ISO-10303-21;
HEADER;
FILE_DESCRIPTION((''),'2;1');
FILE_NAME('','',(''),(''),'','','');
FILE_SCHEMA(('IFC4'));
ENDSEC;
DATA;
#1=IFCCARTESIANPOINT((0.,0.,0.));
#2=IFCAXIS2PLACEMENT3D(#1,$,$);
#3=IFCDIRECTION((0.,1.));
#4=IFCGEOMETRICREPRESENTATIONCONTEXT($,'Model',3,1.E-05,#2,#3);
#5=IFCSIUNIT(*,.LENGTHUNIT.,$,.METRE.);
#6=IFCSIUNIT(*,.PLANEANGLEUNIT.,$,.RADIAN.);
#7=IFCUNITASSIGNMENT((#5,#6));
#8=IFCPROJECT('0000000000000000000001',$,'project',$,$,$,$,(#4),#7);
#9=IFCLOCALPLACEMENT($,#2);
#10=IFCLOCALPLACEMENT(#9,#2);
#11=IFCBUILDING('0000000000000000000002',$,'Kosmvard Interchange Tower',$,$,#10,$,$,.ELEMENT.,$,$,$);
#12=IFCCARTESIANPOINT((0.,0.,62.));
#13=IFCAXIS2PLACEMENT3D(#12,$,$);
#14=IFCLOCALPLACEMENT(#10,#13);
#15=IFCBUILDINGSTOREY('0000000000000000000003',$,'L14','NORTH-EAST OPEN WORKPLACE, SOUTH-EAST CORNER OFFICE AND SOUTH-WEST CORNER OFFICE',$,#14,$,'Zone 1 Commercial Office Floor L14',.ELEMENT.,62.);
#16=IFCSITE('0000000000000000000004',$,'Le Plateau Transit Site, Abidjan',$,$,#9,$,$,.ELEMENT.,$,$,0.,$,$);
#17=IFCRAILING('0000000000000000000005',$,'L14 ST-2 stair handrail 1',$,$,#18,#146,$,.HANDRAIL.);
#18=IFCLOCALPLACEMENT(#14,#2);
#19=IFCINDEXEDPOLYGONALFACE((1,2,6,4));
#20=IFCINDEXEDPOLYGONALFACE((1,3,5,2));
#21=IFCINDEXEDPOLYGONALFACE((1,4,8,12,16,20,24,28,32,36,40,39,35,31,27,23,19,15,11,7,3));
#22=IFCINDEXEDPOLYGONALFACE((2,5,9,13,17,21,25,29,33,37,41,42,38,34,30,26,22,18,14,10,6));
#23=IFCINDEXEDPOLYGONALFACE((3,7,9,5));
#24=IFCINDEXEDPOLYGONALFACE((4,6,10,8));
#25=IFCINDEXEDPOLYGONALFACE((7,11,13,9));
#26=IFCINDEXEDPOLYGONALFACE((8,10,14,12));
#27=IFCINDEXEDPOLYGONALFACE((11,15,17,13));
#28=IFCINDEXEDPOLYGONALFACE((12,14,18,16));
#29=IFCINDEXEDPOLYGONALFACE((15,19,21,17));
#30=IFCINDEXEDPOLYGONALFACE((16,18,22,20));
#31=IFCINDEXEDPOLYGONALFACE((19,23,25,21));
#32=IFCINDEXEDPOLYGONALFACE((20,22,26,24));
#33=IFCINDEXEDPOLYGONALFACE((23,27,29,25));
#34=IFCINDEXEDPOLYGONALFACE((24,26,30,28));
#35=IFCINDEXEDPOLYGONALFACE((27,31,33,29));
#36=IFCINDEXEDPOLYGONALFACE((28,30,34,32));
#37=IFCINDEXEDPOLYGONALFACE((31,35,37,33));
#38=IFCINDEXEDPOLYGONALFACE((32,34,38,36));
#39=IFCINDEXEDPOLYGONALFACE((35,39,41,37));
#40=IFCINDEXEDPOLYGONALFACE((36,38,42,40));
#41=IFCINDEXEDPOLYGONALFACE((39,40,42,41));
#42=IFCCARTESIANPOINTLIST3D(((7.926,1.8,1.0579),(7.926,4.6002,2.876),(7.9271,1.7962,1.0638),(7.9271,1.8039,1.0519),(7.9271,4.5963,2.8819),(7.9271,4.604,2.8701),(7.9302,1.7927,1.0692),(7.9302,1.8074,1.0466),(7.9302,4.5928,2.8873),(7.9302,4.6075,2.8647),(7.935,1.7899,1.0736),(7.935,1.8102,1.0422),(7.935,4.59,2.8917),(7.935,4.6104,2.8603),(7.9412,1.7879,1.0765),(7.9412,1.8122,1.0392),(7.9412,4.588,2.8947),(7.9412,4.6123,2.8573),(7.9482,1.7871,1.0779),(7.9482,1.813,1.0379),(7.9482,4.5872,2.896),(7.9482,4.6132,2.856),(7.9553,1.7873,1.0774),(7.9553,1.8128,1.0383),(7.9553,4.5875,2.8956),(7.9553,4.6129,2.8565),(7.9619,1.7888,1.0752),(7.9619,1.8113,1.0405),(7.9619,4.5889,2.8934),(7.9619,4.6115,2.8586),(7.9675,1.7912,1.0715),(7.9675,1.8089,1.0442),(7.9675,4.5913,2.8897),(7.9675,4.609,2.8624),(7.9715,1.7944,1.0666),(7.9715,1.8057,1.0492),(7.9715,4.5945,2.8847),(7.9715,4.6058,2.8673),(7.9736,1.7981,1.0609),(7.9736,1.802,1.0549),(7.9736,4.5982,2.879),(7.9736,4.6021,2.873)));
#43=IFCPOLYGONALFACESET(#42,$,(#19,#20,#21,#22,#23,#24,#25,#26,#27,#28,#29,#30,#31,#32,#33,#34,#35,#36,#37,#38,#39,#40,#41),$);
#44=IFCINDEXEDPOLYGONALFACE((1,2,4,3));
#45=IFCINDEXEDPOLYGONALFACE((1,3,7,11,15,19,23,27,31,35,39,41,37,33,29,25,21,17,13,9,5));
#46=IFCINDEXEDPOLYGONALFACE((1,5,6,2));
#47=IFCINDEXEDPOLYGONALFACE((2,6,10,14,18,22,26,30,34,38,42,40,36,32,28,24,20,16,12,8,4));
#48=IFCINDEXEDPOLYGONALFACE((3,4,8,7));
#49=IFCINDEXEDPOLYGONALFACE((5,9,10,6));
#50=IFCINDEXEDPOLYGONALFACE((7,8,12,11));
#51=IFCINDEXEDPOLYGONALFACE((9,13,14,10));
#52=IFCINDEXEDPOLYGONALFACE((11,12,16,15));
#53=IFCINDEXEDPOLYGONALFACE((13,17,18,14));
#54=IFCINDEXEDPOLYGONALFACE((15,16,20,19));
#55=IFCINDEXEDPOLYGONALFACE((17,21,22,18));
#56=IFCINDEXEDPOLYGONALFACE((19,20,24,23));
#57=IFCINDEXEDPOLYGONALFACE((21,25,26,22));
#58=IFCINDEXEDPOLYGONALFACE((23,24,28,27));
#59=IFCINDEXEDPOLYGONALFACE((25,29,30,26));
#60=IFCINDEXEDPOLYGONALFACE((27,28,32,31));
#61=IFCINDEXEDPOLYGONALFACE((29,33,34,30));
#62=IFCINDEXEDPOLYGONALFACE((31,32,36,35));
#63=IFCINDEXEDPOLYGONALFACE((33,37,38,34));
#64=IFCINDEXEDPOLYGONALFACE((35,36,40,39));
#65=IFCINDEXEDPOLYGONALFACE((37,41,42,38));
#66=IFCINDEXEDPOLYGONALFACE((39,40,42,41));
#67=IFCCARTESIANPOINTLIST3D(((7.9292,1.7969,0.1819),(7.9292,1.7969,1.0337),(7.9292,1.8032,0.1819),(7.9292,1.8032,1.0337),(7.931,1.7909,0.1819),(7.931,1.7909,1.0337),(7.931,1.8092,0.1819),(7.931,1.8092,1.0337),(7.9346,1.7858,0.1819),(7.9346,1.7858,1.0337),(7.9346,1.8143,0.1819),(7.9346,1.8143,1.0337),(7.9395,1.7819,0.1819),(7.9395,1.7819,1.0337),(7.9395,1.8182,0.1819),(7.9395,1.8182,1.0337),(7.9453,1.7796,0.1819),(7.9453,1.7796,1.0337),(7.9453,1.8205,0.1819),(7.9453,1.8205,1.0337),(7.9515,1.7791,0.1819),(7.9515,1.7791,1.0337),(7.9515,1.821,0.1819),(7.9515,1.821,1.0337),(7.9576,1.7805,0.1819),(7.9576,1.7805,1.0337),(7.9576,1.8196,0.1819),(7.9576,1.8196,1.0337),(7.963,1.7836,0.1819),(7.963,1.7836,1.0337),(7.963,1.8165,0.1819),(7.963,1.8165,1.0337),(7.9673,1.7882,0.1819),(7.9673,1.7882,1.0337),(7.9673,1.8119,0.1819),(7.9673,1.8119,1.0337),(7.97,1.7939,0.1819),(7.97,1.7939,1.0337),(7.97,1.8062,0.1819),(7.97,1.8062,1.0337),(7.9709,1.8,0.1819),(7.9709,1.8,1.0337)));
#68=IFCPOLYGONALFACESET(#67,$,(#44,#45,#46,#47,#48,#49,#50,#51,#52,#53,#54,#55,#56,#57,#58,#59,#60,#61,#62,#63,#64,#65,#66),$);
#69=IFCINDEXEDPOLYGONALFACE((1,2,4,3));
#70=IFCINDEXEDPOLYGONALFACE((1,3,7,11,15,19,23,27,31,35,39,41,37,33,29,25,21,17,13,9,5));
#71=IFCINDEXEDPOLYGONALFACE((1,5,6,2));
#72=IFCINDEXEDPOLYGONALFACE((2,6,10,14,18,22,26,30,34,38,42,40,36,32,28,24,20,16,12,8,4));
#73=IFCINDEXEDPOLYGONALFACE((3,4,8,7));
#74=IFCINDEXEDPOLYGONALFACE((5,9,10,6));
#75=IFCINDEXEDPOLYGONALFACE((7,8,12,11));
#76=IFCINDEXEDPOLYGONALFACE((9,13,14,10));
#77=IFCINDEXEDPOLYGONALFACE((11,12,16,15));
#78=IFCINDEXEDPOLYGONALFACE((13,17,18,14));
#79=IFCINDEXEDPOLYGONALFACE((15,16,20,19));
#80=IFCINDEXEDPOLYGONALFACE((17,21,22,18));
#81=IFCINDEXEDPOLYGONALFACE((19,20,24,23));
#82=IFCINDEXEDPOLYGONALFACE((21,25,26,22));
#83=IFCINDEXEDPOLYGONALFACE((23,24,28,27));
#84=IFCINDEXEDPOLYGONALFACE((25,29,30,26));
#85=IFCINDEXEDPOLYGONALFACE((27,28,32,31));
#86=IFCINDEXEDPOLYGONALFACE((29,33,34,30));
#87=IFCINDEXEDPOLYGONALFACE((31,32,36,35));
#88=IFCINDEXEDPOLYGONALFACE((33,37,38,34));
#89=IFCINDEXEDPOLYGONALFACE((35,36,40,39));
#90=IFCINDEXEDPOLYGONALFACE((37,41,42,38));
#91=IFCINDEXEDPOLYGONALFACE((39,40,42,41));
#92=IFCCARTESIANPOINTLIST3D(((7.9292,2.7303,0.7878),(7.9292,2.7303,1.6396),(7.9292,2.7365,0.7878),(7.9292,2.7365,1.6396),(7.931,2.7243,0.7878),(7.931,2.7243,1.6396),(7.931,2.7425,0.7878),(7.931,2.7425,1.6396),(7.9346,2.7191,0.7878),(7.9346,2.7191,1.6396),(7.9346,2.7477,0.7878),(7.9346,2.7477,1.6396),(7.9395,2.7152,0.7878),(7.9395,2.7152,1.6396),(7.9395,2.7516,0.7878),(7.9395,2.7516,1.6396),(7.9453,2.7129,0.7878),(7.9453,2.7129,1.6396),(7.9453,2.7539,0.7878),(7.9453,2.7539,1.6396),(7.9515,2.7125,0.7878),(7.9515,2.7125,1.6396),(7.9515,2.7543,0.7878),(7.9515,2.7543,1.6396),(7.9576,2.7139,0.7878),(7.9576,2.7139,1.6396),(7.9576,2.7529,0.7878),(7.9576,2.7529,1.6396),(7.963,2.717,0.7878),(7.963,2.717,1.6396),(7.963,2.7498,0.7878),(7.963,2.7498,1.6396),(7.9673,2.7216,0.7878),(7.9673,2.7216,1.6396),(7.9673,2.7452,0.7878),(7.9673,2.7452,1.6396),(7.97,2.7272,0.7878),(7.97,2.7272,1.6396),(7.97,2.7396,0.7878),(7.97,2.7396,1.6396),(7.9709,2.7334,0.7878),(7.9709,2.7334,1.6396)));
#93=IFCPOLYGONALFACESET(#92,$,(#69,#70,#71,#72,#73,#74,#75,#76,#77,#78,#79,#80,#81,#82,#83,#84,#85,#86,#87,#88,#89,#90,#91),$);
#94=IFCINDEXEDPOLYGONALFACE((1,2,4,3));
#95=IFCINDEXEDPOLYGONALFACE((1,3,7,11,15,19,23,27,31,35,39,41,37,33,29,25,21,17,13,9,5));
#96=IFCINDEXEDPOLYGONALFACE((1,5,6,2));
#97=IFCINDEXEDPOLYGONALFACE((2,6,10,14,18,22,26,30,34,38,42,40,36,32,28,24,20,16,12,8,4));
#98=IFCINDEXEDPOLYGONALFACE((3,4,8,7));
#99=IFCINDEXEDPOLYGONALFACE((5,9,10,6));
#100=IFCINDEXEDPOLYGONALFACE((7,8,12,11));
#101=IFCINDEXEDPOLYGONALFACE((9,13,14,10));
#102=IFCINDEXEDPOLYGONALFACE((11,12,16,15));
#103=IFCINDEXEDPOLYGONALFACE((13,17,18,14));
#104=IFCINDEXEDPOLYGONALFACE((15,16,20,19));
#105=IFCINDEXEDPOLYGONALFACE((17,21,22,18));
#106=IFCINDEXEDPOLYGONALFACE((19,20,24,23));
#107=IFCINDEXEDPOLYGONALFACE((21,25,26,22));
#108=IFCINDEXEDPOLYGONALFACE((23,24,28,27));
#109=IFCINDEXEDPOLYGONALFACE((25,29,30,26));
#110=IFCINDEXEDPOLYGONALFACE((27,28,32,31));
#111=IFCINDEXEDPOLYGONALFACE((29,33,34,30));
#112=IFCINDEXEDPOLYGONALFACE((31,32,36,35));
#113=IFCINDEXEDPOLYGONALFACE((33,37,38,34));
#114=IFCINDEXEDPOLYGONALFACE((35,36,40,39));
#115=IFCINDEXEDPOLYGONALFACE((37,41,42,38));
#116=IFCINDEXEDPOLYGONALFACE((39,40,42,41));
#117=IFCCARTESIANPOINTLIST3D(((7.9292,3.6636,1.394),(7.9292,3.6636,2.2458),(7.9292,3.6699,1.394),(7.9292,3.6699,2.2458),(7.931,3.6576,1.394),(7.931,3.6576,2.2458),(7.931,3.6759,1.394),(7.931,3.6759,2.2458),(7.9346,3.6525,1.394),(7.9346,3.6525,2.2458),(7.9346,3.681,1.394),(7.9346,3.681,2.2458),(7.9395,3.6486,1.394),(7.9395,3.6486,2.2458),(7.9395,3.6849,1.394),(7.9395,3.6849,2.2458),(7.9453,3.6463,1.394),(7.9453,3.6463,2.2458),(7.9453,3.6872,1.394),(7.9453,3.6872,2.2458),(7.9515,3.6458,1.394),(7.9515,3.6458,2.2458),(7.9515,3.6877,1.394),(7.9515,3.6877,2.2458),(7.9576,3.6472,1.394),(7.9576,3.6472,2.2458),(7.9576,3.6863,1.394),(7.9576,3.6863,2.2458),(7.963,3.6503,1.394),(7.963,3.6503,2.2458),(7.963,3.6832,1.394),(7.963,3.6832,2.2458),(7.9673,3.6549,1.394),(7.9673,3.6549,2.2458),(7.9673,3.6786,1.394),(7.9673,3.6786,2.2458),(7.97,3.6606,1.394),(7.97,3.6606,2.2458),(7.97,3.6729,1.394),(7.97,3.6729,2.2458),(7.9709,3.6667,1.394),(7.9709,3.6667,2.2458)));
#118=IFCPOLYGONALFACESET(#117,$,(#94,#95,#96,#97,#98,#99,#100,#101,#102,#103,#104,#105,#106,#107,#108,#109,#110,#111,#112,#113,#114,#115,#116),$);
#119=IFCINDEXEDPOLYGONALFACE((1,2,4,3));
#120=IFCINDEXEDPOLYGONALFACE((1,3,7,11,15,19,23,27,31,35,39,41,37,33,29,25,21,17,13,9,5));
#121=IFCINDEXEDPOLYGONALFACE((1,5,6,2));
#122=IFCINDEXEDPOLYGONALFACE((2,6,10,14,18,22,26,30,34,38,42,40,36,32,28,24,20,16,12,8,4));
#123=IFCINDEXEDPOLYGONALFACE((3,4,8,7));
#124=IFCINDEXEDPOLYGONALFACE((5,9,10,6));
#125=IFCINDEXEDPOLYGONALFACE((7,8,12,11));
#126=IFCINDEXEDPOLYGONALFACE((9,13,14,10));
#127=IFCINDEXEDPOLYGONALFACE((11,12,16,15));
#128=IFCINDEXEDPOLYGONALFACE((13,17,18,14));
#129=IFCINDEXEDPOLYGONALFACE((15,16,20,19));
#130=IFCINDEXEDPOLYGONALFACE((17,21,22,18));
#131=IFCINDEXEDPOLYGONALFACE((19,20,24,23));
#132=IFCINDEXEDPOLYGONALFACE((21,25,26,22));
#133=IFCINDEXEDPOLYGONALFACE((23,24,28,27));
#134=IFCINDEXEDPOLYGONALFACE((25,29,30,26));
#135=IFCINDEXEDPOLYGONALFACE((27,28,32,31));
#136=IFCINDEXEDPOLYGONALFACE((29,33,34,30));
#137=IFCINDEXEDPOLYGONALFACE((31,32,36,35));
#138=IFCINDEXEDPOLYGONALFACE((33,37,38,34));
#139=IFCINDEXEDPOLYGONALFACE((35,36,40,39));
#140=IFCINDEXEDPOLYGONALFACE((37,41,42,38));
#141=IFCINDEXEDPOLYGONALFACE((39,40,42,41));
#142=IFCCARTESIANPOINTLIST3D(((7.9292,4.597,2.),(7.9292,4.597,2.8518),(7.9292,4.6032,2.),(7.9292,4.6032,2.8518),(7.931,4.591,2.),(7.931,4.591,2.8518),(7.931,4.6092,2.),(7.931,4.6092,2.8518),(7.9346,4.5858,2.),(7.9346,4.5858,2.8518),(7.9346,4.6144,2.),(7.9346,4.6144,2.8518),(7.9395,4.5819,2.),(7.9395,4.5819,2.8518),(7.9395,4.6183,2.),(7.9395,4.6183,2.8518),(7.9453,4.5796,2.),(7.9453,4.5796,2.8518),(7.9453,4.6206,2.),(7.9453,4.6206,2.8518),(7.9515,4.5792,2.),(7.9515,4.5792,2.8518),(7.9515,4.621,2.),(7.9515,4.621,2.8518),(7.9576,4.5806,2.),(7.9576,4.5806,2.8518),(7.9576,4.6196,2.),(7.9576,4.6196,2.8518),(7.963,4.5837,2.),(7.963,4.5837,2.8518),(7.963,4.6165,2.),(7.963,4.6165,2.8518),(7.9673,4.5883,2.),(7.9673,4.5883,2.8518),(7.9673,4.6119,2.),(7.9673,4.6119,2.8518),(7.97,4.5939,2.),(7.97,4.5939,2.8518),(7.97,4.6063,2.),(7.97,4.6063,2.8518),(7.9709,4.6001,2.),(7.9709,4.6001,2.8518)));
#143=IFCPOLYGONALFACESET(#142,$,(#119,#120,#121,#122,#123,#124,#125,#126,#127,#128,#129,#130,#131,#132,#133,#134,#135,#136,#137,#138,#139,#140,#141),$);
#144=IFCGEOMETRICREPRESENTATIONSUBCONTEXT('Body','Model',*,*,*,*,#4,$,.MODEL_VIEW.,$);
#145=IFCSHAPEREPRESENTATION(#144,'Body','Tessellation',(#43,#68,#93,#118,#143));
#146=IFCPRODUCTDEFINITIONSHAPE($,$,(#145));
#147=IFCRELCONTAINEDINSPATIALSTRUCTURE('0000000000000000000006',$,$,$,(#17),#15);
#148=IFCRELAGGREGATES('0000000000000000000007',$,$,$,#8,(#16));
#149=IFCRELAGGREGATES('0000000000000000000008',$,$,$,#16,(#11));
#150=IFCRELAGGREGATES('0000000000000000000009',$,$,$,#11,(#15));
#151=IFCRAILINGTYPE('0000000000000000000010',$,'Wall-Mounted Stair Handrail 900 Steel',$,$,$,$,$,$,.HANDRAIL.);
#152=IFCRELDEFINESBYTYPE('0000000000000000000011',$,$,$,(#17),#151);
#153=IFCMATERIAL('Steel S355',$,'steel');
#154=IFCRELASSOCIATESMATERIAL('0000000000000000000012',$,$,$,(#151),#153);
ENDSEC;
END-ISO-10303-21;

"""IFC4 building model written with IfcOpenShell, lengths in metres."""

from ifc_helpers import new_model, si_unit, direction, frame, origin, origin_2d, place, context, subcontext, project, spatial, circle, extrude, source, transform, mapped, material, type_object, element, save


model = new_model("IFC4")

# Units and contexts
model_context = context("Model", 3, precision=1e-05, world=origin(), true_north=direction((0.0, 1.0)))
body_context = subcontext(model_context, "Body", "Model", "MODEL_VIEW")
ifc_project = project(units=[si_unit("LENGTHUNIT", "METRE"), si_unit("PLANEANGLEUNIT", "RADIAN")], contexts=[model_context])

# Site, building, storey
site_placement = place(None, origin())
site = spatial("IfcSite", under=ifc_project, at=site_placement, Name="Le Plateau Transit Site, Abidjan", CompositionType="ELEMENT", RefElevation=0.0)
building_placement = place(site_placement, origin())
building = spatial("IfcBuilding", under=site, at=building_placement, Name="Kosmvard Interchange Tower", CompositionType="ELEMENT")
storey_placement = place(building_placement, frame((0.0, 0.0, 62.0)))
storey = spatial("IfcBuildingStorey", under=building, at=storey_placement, Name="L14", Description="NORTH-EAST OPEN WORKPLACE, SOUTH-EAST CORNER OFFICE AND SOUTH-WEST CORNER OFFICE", LongName="Zone 1 Commercial Office Floor L14", CompositionType="ELEMENT", Elevation=62.0)

# Shared definitions
ifc_material_1 = material(Name="Steel S355", Category="steel")

# Railing
railing_type_1 = type_object("IfcRailingType", Name="Wall-Mounted Stair Handrail 900 Steel", PredefinedType="HANDRAIL", material=ifc_material_1)
shared_shape_1 = source(origin(), body_context, "Body", "SweptSolid", [
    extrude(circle(Radius=0.0239, at=origin_2d()), frame((0.0, 0.0, 0.876), z_axis=(0.0, 0.838706, 0.544585), x_axis=(-1.0, 0.0, 0.0)), (0.0, 0.0, 1.0), 3.3386),
    extrude(circle(Radius=0.021, at=origin_2d()), origin(), (0.0, 0.0, 1.0), 0.8518),
    extrude(circle(Radius=0.021, at=origin_2d()), frame((0.0, 0.9333, 0.606)), (0.0, 0.0, 1.0), 0.8518),
    extrude(circle(Radius=0.021, at=origin_2d()), frame((0.0, 1.8667, 1.2122)), (0.0, 0.0, 1.0), 0.8518),
    extrude(circle(Radius=0.021, at=origin_2d()), frame((0.0, 2.8, 1.8181)), (0.0, 0.0, 1.0), 0.8518),
])
railing_1_placement = place(storey_placement, frame((7.95, 1.8, 0.1819)))
element("IfcRailing", 1, at=railing_1_placement, inside=storey, type_object=railing_type_1, Name="L14 ST-2 stair handrail 1", PredefinedType="HANDRAIL", context=body_context, shape_type="MappedRepresentation", body=[
    mapped(shared_shape_1, transform((0.0, 0.0, 0.0), scale=1.0)),
])

save(model, "model.ifc")
